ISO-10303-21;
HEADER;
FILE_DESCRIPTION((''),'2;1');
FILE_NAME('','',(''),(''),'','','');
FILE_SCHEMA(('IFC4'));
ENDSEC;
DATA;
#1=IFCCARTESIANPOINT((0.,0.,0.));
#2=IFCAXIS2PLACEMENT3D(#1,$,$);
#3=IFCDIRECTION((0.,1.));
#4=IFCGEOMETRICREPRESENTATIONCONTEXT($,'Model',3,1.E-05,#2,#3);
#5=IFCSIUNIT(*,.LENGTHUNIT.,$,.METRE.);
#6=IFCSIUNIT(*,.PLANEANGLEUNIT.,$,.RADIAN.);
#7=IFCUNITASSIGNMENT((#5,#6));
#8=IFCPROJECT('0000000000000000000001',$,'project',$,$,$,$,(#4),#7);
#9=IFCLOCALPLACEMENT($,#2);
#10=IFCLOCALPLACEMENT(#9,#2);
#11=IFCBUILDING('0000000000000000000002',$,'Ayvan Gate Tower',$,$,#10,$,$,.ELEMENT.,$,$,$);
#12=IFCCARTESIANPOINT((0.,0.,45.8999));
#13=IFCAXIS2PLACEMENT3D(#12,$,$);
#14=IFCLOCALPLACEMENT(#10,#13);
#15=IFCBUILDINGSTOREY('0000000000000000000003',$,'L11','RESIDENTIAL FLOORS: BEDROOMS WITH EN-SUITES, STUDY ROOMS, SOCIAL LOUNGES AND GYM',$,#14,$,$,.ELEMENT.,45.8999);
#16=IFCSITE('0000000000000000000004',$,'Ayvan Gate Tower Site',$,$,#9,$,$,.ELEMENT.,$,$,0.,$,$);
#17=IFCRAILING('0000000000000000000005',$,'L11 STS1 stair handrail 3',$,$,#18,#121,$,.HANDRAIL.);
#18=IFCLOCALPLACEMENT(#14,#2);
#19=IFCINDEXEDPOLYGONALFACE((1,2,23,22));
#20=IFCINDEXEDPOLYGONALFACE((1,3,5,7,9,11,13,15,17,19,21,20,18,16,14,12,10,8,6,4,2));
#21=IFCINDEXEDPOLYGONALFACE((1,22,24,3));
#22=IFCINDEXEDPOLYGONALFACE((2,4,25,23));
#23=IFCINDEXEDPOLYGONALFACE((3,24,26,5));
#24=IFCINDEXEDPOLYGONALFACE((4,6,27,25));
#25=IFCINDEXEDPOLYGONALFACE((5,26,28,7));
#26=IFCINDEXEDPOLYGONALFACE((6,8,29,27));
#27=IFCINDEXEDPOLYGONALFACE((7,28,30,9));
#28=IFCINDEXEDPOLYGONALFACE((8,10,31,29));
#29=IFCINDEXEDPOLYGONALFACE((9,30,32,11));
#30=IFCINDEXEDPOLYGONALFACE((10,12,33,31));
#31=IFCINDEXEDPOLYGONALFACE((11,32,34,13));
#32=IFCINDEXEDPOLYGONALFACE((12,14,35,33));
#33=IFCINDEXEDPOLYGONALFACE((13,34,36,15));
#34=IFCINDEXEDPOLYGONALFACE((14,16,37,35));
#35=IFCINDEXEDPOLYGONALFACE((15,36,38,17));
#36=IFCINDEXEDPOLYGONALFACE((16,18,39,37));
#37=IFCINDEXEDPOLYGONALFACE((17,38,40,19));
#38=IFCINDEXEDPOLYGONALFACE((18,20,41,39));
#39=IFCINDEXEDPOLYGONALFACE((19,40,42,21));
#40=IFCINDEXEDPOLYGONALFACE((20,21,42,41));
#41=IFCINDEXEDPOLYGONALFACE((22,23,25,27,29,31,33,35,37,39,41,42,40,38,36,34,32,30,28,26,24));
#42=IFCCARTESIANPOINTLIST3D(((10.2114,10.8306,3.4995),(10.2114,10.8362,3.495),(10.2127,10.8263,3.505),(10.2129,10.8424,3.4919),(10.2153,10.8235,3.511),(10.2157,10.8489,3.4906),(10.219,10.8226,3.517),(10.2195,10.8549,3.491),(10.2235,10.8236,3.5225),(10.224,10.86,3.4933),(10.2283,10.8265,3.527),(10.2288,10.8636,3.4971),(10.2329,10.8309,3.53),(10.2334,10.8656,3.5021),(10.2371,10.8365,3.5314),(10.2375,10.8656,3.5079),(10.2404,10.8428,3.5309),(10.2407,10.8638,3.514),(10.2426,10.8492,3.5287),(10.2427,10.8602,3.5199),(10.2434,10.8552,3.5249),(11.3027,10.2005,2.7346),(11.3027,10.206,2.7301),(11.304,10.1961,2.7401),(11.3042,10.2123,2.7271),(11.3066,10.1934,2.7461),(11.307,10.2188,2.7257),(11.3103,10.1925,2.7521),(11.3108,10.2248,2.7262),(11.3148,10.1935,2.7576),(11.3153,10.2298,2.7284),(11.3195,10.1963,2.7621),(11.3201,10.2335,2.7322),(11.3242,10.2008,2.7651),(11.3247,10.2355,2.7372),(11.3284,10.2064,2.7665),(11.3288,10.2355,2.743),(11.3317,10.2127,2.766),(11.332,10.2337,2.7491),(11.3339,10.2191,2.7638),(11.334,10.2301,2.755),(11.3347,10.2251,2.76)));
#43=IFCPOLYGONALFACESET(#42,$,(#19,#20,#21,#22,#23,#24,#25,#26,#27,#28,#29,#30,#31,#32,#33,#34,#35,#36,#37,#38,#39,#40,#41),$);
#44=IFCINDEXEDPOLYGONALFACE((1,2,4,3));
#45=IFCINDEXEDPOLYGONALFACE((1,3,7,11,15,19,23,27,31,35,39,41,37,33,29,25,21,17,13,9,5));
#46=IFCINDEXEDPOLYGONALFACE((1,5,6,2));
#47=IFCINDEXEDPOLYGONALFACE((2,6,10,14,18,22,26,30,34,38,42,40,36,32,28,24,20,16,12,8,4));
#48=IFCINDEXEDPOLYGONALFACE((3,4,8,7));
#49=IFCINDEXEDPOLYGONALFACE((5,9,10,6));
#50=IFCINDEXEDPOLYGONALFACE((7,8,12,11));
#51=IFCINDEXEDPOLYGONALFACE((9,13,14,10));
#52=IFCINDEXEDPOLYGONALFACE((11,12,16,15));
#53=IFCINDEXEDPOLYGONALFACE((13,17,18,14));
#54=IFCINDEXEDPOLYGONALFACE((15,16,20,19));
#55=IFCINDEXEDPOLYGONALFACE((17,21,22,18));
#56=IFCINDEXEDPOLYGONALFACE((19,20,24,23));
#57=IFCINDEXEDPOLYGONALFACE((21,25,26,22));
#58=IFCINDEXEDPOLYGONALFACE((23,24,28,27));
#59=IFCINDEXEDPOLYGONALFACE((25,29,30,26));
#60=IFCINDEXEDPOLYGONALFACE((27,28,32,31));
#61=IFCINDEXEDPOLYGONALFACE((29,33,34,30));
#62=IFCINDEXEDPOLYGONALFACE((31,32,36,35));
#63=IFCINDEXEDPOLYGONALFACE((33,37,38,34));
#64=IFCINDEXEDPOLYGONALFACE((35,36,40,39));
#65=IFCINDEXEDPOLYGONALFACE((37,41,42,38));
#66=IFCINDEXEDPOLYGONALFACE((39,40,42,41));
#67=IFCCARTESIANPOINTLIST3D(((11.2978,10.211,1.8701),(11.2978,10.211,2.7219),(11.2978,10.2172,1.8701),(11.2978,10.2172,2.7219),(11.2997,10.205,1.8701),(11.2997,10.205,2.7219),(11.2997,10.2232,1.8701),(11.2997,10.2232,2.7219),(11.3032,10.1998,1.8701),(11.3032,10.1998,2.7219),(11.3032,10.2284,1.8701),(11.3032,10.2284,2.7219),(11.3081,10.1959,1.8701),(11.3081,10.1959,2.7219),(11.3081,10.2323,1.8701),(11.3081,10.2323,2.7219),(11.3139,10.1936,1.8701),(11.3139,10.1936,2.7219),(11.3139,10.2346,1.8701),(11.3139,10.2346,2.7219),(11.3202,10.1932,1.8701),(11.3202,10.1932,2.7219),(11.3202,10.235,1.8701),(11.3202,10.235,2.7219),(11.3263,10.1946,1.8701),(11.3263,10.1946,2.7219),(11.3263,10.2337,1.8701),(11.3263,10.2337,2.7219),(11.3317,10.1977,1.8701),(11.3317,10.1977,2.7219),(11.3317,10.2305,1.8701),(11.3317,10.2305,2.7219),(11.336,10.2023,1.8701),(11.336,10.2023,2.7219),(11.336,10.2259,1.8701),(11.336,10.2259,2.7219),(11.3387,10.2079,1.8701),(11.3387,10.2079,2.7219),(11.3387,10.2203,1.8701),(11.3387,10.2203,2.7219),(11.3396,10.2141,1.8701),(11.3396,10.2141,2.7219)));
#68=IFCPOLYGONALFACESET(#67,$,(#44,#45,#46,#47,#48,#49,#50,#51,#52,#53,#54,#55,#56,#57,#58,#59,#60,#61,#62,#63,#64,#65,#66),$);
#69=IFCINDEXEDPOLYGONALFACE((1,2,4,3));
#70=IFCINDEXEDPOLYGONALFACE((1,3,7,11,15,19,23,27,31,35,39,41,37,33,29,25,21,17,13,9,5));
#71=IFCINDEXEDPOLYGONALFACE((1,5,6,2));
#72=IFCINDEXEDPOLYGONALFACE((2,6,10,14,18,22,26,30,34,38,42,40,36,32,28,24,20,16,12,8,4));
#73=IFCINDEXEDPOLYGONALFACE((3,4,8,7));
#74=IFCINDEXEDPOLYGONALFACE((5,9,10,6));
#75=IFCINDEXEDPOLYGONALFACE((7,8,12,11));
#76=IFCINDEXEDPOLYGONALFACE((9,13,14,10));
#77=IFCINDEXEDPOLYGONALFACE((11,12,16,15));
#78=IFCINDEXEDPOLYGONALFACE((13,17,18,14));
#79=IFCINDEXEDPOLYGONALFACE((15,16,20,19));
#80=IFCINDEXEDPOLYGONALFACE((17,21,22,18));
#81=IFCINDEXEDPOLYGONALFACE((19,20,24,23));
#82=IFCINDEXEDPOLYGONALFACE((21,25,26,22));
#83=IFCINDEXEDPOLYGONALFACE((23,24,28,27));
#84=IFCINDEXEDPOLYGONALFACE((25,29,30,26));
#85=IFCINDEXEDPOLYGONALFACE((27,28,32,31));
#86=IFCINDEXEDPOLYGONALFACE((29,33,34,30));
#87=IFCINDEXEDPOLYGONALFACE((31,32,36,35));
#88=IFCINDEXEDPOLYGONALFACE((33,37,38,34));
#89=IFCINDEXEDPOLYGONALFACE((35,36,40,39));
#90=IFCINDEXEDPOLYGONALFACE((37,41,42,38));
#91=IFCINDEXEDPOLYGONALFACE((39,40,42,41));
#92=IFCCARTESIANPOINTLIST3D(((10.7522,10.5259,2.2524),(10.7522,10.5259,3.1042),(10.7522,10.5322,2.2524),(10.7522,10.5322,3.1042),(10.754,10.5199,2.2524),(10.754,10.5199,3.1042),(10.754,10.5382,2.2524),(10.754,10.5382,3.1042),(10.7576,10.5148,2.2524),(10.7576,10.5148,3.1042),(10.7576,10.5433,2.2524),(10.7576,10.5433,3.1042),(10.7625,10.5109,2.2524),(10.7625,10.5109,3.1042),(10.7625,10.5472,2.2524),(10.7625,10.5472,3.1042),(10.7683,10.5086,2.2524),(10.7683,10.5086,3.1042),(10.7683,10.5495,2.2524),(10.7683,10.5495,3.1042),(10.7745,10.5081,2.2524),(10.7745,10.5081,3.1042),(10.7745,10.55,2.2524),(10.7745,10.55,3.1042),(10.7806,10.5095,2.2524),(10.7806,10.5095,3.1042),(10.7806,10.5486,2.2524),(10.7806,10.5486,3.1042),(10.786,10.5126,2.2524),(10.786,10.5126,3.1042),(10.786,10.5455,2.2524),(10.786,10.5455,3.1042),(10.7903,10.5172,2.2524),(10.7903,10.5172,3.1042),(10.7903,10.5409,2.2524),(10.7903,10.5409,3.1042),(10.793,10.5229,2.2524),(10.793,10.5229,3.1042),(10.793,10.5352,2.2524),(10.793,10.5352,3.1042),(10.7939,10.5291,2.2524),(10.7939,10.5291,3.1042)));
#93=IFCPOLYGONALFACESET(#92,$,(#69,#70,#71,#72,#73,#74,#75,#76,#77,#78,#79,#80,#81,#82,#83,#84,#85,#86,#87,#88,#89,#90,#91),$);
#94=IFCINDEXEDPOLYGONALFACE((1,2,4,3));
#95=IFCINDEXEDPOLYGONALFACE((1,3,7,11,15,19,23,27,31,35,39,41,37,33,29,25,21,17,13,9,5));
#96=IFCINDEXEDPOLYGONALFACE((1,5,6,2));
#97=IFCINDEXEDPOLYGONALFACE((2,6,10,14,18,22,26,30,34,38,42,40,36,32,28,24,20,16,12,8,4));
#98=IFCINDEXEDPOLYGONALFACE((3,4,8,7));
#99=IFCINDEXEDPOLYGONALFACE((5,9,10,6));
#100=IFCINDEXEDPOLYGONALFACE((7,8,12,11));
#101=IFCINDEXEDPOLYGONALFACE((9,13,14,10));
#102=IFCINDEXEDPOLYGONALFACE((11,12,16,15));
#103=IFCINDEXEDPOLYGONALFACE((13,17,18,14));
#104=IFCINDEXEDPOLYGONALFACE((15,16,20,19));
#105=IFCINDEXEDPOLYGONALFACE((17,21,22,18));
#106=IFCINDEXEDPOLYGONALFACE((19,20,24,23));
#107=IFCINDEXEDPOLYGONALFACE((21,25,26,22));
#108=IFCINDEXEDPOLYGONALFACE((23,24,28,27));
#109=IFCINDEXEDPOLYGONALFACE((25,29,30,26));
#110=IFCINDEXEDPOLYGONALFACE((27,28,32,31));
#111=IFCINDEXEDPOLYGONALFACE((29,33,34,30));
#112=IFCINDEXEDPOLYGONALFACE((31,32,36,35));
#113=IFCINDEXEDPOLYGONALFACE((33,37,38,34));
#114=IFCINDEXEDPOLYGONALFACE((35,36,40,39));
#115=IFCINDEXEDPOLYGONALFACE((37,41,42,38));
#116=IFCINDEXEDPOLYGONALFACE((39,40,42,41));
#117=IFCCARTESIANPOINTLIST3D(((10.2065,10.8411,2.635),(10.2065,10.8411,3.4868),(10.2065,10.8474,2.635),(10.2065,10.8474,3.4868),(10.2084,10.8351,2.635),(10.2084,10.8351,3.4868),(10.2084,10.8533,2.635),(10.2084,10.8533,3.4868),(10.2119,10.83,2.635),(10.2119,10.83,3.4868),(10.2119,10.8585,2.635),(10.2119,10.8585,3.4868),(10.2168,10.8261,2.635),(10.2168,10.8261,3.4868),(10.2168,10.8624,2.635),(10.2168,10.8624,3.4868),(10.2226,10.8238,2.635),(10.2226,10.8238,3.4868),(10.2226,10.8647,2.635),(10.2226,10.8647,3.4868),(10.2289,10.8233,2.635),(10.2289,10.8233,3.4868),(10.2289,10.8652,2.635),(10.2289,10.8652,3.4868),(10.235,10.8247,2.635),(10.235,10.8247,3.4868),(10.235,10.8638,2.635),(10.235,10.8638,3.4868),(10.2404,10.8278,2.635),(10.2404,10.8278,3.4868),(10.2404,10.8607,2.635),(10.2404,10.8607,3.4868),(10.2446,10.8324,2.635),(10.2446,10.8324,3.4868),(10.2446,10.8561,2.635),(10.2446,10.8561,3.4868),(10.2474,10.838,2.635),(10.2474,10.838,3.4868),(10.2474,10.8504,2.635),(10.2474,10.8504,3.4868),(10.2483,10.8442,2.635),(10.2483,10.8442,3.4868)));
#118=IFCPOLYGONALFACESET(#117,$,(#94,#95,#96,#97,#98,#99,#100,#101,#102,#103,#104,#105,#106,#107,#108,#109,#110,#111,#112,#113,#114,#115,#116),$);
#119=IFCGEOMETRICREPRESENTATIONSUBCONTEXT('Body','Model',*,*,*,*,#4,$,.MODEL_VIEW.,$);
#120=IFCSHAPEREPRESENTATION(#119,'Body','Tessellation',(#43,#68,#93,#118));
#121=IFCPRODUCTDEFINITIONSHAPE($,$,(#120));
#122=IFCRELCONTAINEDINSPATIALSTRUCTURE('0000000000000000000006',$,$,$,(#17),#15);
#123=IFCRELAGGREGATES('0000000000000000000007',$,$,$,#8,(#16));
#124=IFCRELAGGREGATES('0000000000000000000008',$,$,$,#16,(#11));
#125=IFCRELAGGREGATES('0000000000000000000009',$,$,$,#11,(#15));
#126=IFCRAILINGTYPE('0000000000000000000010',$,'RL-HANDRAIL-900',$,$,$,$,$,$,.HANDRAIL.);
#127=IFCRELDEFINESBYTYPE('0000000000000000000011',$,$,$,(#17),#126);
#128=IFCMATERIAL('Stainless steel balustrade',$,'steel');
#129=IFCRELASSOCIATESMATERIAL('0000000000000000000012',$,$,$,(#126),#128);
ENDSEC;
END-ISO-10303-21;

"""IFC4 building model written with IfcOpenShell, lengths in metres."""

from ifc_helpers import new_model, si_unit, direction, frame, origin, origin_2d, place, context, subcontext, project, spatial, circle, extrude, material, type_object, element, save


model = new_model("IFC4")

# Units and contexts
model_context = context("Model", 3, precision=1e-05, world=origin(), true_north=direction((0.0, 1.0)))
body_context = subcontext(model_context, "Body", "Model", "MODEL_VIEW")
ifc_project = project(units=[si_unit("LENGTHUNIT", "METRE"), si_unit("PLANEANGLEUNIT", "RADIAN")], contexts=[model_context])

# Site, building, storey
site_placement = place(None, origin())
site = spatial("IfcSite", under=ifc_project, at=site_placement, Name="Ayvan Gate Tower Site", CompositionType="ELEMENT", RefElevation=0.0)
building_placement = place(site_placement, origin())
building = spatial("IfcBuilding", under=site, at=building_placement, Name="Ayvan Gate Tower", CompositionType="ELEMENT")
storey_placement = place(building_placement, frame((0.0, 0.0, 45.8999)))
storey = spatial("IfcBuildingStorey", under=building, at=storey_placement, Name="L11", Description="RESIDENTIAL FLOORS: BEDROOMS WITH EN-SUITES, STUDY ROOMS, SOCIAL LOUNGES AND GYM", CompositionType="ELEMENT", Elevation=45.8999)

# Railing
ifc_material_1 = material(Name="Stainless steel balustrade", Category="steel")
railing_type_1 = type_object("IfcRailingType", Name="RL-HANDRAIL-900", PredefinedType="HANDRAIL", material=ifc_material_1)
railing_1_placement = place(storey_placement, frame((11.3186, 10.2141, 1.8701)))
element("IfcRailing", 1, at=railing_1_placement, inside=storey, type_object=railing_type_1, Name="L11 STS1 stair handrail 3", PredefinedType="HANDRAIL", context=body_context, shape_type="SweptSolid", body=[
    extrude(circle(Radius=0.0239, at=origin_2d()), frame((0.0, 0.0, 0.876), z_axis=(-0.740304, 0.427455, 0.518875), x_axis=(-0.500035, -0.866005, 0.0)), (0.0, 0.0, 1.0), 1.4741),
    extrude(circle(Radius=0.021, at=origin_2d()), origin(), (0.0, 0.0, 1.0), 0.8518),
    extrude(circle(Radius=0.021, at=origin_2d()), frame((-0.5457, 0.3149, 0.3823)), (0.0, 0.0, 1.0), 0.8518),
    extrude(circle(Radius=0.021, at=origin_2d()), frame((-1.0913, 0.6301, 0.7649)), (0.0, 0.0, 1.0), 0.8518),
])

save(model, "model.ifc")
